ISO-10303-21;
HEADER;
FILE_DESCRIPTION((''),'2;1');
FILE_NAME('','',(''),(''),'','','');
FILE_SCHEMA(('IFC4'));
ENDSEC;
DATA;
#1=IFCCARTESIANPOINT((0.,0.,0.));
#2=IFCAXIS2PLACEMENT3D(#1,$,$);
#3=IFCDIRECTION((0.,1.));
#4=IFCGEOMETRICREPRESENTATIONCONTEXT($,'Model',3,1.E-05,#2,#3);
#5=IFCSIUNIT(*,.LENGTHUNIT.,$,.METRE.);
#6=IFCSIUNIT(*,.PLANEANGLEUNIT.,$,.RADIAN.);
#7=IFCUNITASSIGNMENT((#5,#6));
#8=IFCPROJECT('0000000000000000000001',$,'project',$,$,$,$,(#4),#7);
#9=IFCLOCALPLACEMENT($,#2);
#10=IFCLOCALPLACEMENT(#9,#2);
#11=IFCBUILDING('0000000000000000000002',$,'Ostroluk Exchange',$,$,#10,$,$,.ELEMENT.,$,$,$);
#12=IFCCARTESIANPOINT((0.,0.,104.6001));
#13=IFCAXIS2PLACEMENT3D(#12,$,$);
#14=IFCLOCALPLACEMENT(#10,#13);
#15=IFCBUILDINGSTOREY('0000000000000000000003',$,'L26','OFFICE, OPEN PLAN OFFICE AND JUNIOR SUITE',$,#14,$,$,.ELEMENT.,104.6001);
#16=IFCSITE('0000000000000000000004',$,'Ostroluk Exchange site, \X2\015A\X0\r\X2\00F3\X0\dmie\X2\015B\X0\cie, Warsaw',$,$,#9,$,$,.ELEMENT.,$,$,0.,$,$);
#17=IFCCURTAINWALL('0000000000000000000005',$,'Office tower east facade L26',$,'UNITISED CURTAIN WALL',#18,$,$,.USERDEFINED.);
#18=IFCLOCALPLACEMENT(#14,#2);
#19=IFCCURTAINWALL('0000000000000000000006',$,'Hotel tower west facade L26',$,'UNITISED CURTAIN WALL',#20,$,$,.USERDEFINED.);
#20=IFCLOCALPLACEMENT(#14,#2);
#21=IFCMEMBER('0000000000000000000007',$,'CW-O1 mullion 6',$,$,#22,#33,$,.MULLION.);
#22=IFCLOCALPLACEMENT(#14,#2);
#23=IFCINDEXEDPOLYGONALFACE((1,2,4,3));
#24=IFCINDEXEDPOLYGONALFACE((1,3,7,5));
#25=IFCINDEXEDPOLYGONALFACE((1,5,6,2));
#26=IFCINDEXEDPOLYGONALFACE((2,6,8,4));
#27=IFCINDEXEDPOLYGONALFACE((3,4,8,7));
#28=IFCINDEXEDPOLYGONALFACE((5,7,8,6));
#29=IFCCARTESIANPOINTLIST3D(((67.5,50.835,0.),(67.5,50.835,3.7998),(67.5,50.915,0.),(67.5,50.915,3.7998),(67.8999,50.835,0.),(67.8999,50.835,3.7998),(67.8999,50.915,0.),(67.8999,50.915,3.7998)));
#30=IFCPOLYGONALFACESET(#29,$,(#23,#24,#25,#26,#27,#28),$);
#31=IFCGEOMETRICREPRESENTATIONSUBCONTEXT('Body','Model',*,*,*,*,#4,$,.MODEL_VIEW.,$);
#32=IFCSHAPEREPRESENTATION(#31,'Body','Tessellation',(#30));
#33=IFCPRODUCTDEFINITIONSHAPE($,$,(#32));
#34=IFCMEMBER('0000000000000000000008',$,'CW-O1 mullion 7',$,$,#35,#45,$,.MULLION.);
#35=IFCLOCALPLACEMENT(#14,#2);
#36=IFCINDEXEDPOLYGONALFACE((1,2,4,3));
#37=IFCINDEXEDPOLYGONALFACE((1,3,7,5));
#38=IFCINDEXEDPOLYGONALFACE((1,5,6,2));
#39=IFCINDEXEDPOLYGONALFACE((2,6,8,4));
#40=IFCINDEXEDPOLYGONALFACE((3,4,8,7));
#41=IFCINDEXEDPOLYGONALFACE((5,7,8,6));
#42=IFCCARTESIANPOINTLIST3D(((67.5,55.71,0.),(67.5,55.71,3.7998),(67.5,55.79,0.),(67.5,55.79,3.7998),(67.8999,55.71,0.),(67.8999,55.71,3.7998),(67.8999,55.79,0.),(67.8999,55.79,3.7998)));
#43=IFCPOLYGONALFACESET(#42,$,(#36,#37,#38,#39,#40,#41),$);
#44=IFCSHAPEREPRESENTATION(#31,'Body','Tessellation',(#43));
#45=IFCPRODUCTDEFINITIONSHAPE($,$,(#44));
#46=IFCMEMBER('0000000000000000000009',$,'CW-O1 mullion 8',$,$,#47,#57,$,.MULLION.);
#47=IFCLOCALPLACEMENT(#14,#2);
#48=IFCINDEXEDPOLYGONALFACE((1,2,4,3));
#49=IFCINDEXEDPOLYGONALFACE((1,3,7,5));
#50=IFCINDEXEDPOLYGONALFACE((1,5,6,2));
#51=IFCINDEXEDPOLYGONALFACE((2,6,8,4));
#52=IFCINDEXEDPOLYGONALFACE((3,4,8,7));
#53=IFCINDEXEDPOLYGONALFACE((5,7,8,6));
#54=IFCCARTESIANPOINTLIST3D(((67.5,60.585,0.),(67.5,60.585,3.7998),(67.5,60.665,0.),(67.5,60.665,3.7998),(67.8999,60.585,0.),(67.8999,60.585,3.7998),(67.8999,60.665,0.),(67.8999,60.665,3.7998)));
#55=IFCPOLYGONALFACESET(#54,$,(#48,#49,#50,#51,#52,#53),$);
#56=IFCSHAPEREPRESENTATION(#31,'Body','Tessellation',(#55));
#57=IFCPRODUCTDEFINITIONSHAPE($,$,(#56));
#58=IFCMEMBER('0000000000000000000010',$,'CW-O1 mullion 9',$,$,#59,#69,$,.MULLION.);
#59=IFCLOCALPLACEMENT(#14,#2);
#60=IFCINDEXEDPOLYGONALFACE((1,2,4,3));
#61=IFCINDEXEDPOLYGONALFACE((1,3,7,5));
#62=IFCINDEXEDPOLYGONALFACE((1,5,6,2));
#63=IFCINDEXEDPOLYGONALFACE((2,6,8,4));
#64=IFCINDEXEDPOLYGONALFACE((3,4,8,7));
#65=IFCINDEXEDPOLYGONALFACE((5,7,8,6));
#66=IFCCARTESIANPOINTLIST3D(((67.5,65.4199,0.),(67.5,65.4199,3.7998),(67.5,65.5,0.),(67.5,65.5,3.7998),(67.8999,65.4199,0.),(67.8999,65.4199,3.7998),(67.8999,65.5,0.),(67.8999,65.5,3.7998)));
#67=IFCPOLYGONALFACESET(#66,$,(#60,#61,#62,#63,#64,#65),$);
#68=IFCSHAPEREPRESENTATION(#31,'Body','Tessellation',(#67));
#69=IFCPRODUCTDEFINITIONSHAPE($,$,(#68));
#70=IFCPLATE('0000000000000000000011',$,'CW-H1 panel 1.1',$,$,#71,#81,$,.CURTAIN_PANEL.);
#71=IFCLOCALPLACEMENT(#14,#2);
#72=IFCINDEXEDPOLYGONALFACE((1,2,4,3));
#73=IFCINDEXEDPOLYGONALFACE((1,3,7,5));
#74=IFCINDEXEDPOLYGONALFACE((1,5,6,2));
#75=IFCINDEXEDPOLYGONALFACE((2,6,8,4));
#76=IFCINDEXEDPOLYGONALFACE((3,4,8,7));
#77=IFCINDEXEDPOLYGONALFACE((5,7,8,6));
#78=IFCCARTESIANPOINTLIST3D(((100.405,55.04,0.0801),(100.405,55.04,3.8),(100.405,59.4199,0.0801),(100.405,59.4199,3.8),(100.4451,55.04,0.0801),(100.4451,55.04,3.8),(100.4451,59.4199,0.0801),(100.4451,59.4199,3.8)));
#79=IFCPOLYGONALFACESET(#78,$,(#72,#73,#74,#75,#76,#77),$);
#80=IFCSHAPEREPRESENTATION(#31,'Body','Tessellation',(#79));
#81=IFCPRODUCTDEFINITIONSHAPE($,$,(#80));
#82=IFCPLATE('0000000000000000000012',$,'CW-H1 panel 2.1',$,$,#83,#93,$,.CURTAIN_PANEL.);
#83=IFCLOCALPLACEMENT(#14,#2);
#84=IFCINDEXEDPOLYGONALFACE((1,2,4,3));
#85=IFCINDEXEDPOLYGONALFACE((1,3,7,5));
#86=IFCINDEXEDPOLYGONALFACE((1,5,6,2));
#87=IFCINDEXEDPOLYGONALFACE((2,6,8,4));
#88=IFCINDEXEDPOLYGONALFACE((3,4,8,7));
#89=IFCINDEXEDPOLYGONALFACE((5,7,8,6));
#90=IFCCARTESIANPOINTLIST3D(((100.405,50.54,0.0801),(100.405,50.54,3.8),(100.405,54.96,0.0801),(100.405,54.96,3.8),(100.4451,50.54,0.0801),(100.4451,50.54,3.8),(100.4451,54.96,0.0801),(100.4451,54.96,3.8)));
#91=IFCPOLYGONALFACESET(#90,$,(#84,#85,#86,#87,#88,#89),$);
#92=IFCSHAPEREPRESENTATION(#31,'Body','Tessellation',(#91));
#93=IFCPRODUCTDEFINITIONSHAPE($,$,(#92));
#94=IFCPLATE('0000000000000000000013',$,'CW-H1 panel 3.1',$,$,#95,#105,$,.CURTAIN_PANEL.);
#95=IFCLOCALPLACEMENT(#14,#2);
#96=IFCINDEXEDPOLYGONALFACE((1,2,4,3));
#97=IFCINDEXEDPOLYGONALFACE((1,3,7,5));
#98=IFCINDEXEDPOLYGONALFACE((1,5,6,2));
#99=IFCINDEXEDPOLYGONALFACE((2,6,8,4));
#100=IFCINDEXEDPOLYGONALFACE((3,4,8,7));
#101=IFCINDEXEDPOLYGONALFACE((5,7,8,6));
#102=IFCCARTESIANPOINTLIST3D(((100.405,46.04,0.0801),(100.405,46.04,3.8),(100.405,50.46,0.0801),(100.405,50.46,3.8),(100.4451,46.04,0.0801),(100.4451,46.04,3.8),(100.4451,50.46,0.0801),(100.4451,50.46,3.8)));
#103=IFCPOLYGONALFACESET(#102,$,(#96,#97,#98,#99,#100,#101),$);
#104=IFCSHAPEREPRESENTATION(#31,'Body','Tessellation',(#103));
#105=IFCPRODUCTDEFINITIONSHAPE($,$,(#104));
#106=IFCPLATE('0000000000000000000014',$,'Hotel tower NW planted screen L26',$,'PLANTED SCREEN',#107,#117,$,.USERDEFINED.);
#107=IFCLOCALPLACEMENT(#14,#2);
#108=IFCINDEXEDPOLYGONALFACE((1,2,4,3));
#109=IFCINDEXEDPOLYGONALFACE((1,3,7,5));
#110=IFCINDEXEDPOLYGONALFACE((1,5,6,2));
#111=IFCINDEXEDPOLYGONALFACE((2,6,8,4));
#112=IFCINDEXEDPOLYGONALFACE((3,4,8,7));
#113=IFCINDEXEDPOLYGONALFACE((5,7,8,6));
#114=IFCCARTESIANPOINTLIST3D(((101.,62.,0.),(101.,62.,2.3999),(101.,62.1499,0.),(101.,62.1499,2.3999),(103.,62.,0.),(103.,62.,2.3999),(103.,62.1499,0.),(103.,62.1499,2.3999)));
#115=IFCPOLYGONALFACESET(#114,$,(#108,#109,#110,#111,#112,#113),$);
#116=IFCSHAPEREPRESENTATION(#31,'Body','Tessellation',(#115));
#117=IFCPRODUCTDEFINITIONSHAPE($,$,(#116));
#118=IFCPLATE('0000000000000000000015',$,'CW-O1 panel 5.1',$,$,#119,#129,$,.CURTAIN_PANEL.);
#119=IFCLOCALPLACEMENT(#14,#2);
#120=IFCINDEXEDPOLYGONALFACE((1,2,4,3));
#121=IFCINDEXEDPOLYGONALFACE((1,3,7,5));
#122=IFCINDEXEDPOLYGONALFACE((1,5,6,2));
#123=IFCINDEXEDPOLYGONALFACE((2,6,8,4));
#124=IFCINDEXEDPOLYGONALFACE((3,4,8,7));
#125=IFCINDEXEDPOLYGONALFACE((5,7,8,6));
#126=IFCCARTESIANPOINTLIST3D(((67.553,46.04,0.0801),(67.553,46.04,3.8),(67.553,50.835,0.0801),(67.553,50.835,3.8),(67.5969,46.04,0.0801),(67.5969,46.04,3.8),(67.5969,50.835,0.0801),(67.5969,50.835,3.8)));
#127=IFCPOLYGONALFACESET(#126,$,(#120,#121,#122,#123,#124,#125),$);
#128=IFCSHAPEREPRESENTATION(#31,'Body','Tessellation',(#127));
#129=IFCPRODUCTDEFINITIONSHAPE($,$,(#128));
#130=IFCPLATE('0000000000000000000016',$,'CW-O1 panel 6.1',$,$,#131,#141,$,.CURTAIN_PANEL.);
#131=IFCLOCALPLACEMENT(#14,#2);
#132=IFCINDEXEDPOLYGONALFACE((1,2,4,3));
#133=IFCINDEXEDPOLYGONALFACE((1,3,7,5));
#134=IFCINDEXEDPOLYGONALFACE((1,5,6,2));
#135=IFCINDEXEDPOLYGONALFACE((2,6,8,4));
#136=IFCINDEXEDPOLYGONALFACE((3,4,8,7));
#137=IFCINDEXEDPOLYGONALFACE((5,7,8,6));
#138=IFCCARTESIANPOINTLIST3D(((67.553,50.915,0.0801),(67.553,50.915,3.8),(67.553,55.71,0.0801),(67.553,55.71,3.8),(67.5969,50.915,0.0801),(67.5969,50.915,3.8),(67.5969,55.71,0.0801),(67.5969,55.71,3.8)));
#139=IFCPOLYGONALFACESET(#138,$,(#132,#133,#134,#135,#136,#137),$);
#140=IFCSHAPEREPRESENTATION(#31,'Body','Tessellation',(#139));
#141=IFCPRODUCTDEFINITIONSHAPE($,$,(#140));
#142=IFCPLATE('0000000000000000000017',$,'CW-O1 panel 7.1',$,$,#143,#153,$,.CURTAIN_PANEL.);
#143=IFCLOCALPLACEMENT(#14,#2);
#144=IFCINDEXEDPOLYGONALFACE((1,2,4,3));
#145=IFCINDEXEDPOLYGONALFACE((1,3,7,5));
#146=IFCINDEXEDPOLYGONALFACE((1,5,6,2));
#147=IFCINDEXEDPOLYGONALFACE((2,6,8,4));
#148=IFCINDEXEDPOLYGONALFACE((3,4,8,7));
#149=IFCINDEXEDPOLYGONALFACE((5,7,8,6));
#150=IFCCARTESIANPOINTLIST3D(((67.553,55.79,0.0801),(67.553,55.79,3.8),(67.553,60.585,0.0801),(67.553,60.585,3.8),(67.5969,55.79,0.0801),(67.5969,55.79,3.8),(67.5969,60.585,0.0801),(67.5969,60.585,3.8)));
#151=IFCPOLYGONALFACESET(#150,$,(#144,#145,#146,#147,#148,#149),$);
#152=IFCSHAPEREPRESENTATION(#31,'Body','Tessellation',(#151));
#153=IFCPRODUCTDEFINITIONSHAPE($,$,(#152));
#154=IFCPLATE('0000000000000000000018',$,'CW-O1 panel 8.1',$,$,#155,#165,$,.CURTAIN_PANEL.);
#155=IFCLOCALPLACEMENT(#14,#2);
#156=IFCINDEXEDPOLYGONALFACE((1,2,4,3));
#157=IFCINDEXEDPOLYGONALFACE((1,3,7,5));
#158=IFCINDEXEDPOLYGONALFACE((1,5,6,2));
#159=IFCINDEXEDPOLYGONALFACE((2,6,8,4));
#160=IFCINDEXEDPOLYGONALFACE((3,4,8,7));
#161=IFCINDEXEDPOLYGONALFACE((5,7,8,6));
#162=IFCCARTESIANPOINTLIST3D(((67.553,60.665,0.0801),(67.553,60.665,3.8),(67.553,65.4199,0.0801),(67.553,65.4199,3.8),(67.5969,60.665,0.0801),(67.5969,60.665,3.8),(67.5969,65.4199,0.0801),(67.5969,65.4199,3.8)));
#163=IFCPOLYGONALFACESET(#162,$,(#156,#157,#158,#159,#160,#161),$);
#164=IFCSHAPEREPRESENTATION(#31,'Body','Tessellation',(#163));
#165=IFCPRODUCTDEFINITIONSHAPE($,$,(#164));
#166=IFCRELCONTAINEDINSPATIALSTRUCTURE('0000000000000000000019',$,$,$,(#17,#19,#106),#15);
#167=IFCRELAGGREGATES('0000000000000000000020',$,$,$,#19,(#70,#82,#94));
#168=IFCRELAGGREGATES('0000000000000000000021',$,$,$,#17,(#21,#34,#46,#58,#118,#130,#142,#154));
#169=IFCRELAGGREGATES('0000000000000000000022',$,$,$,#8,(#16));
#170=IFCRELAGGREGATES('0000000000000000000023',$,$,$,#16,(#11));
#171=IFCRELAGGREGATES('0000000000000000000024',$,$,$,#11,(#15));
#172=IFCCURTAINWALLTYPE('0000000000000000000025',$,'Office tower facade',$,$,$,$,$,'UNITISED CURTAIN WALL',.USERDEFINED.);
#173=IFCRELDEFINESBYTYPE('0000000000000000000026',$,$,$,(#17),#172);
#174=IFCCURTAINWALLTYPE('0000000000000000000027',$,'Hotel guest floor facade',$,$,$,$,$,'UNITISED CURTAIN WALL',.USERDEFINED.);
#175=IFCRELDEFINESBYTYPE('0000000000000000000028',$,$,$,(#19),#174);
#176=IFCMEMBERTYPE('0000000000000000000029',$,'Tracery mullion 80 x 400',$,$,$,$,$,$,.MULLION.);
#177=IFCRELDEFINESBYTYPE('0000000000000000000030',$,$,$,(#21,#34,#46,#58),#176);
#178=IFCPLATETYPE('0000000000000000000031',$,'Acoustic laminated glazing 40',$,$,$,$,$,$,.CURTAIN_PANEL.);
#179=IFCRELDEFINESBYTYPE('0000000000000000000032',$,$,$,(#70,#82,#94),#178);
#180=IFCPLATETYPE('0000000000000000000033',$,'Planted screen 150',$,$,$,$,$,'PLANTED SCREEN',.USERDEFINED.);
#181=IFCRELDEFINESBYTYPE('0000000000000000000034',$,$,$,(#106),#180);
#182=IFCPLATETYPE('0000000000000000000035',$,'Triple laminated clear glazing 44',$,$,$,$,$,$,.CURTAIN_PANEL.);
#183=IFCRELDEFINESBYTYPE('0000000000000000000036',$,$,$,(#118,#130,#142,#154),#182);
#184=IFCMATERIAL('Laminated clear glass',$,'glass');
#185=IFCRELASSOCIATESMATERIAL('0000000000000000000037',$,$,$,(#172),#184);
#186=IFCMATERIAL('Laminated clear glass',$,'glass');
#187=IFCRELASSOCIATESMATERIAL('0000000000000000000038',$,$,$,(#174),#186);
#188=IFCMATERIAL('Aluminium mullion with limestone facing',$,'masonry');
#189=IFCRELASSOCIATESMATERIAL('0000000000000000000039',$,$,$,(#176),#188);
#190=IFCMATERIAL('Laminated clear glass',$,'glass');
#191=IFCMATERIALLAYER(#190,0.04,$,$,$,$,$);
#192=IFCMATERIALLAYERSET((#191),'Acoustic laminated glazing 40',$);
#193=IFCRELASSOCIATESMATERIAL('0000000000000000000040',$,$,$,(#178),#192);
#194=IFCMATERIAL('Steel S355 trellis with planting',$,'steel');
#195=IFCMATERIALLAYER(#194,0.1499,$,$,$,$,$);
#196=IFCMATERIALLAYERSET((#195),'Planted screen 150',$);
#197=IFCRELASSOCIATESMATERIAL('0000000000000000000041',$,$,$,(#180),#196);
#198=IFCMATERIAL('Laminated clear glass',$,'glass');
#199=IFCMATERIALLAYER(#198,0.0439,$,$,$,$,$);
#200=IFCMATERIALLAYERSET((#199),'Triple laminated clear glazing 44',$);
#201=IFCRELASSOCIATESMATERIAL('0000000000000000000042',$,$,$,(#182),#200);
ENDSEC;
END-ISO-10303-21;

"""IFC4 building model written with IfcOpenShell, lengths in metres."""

from ifc_helpers import new_model, si_unit, direction, frame, origin, origin_2d, place, context, subcontext, project, spatial, rectangle, extrude, material, layer, layer_set, material_profile, profile_set, type_object, element, aggregate, save


model = new_model("IFC4")

# Units and contexts
model_context = context("Model", 3, precision=1e-05, world=origin(), true_north=direction((0.0, 1.0)))
body_context = subcontext(model_context, "Body", "Model", "MODEL_VIEW")
ifc_project = project(units=[si_unit("LENGTHUNIT", "METRE"), si_unit("PLANEANGLEUNIT", "RADIAN")], contexts=[model_context])

# Site, building, storey
site_placement = place(None, origin())
site = spatial("IfcSite", under=ifc_project, at=site_placement, Name="Ostroluk Exchange site, Śródmieście, Warsaw", CompositionType="ELEMENT", RefElevation=0.0)
building_placement = place(site_placement, origin())
building = spatial("IfcBuilding", under=site, at=building_placement, Name="Ostroluk Exchange", CompositionType="ELEMENT")
storey_placement = place(building_placement, frame((0.0, 0.0, 104.6001)))
storey = spatial("IfcBuildingStorey", under=building, at=storey_placement, Name="L26", Description="OFFICE, OPEN PLAN OFFICE AND JUNIOR SUITE", CompositionType="ELEMENT", Elevation=104.6001)

# Curtain walls
ifc_material_1 = material(Name="Laminated clear glass", Category="glass")
curtain_wall_type_1 = type_object("IfcCurtainWallType", Name="Office tower facade", ElementType="UNITISED CURTAIN WALL", PredefinedType="USERDEFINED", material=ifc_material_1)
curtain_wall_1_placement = place(storey_placement, origin())
curtain_wall_1 = element("IfcCurtainWall", 1, at=curtain_wall_1_placement, inside=storey, type_object=curtain_wall_type_1, Name="Office tower east facade L26", ObjectType="UNITISED CURTAIN WALL", PredefinedType="USERDEFINED")
ifc_material_2 = material(Name="Laminated clear glass", Category="glass")
curtain_wall_type_2 = type_object("IfcCurtainWallType", Name="Hotel guest floor facade", ElementType="UNITISED CURTAIN WALL", PredefinedType="USERDEFINED", material=ifc_material_2)
curtain_wall_2_placement = place(storey_placement, origin())
curtain_wall_2 = element("IfcCurtainWall", 2, at=curtain_wall_2_placement, inside=storey, type_object=curtain_wall_type_2, Name="Hotel tower west facade L26", ObjectType="UNITISED CURTAIN WALL", PredefinedType="USERDEFINED")

# Members
ifc_material_3 = material(Name="Aluminium mullion with limestone facing", Category="masonry")
ifc_material_profile_1 = material_profile(ifc_material_3, rectangle(XDim=0.3999, YDim=0.0801, at=origin_2d()), Name="Tracery mullion 80 x 400")
ifc_profile_set_1 = profile_set([ifc_material_profile_1], Name="Aluminium mullion with limestone facing")
member_type_1 = type_object("IfcMemberType", Name="Tracery mullion 80 x 400", PredefinedType="MULLION", material=ifc_profile_set_1)
member_1_placement = place(storey_placement, frame((67.7, 50.875, 0.0), z_axis=(0.0, 0.0, 1.0), x_axis=(-1.0, 0.0, 0.0)))
member_1 = element("IfcMember", 3, at=member_1_placement, type_object=member_type_1, Name="CW-O1 mullion 6", PredefinedType="MULLION", context=body_context, shape_type="SweptSolid", body=[
    extrude(rectangle(XDim=0.3999, YDim=0.0801, at=origin_2d()), origin(), (0.0, 0.0, 1.0), 3.7998),
])
member_2_placement = place(storey_placement, frame((67.7, 55.75, 0.0), z_axis=(0.0, 0.0, 1.0), x_axis=(-1.0, 0.0, 0.0)))
member_2 = element("IfcMember", 4, at=member_2_placement, type_object=member_type_1, Name="CW-O1 mullion 7", PredefinedType="MULLION", context=body_context, shape_type="SweptSolid", body=[
    extrude(rectangle(XDim=0.3999, YDim=0.0801, at=origin_2d()), origin(), (0.0, 0.0, 1.0), 3.7998),
])
member_3_placement = place(storey_placement, frame((67.7, 60.625, 0.0), z_axis=(0.0, 0.0, 1.0), x_axis=(-1.0, 0.0, 0.0)))
member_3 = element("IfcMember", 5, at=member_3_placement, type_object=member_type_1, Name="CW-O1 mullion 8", PredefinedType="MULLION", context=body_context, shape_type="SweptSolid", body=[
    extrude(rectangle(XDim=0.3999, YDim=0.0801, at=origin_2d()), origin(), (0.0, 0.0, 1.0), 3.7998),
])
member_4_placement = place(storey_placement, frame((67.7, 65.46, 0.0), z_axis=(0.0, 0.0, 1.0), x_axis=(-1.0, 0.0, 0.0)))
member_4 = element("IfcMember", 6, at=member_4_placement, type_object=member_type_1, Name="CW-O1 mullion 9", PredefinedType="MULLION", context=body_context, shape_type="SweptSolid", body=[
    extrude(rectangle(XDim=0.3999, YDim=0.0801, at=origin_2d()), origin(), (0.0, 0.0, 1.0), 3.7998),
])

# Plates
ifc_material_4 = material(Name="Laminated clear glass", Category="glass")
ifc_layer_1 = layer(ifc_material_4, 0.04)
ifc_layer_set_1 = layer_set([ifc_layer_1], Name="Acoustic laminated glazing 40")
plate_type_1 = type_object("IfcPlateType", Name="Acoustic laminated glazing 40", PredefinedType="CURTAIN_PANEL", material=ifc_layer_set_1)
plate_1_placement = place(storey_placement, frame((100.425, 57.23, 0.0801), z_axis=(0.0, 0.0, 1.0), x_axis=(0.0, -1.0, 0.0)))
plate_1 = element("IfcPlate", 7, at=plate_1_placement, type_object=plate_type_1, Name="CW-H1 panel 1.1", PredefinedType="CURTAIN_PANEL", context=body_context, shape_type="SweptSolid", body=[
    extrude(rectangle(XDim=4.3799, YDim=0.04, at=origin_2d()), origin(), (0.0, 0.0, 1.0), 3.72),
])
plate_2_placement = place(storey_placement, frame((100.425, 52.75, 0.0801), z_axis=(0.0, 0.0, 1.0), x_axis=(0.0, -1.0, 0.0)))
plate_2 = element("IfcPlate", 8, at=plate_2_placement, type_object=plate_type_1, Name="CW-H1 panel 2.1", PredefinedType="CURTAIN_PANEL", context=body_context, shape_type="SweptSolid", body=[
    extrude(rectangle(XDim=4.4199, YDim=0.04, at=origin_2d()), origin(), (0.0, 0.0, 1.0), 3.72),
])
plate_3_placement = place(storey_placement, frame((100.425, 48.25, 0.0801), z_axis=(0.0, 0.0, 1.0), x_axis=(0.0, -1.0, 0.0)))
plate_3 = element("IfcPlate", 9, at=plate_3_placement, type_object=plate_type_1, Name="CW-H1 panel 3.1", PredefinedType="CURTAIN_PANEL", context=body_context, shape_type="SweptSolid", body=[
    extrude(rectangle(XDim=4.4199, YDim=0.04, at=origin_2d()), origin(), (0.0, 0.0, 1.0), 3.72),
])
aggregate(curtain_wall_2, [plate_1, plate_2, plate_3])
ifc_material_5 = material(Name="Steel S355 trellis with planting", Category="steel")
ifc_layer_2 = layer(ifc_material_5, 0.1499)
ifc_layer_set_2 = layer_set([ifc_layer_2], Name="Planted screen 150")
plate_type_2 = type_object("IfcPlateType", Name="Planted screen 150", ElementType="PLANTED SCREEN", PredefinedType="USERDEFINED", material=ifc_layer_set_2)
plate_4_placement = place(storey_placement, frame((102.0, 62.075, 0.0), z_axis=(0.0, 0.0, 1.0), x_axis=(1.0, 0.0, 0.0)))
element("IfcPlate", 10, at=plate_4_placement, inside=storey, type_object=plate_type_2, Name="Hotel tower NW planted screen L26", ObjectType="PLANTED SCREEN", PredefinedType="USERDEFINED", context=body_context, shape_type="SweptSolid", body=[
    extrude(rectangle(XDim=2.0, YDim=0.1499, at=origin_2d()), origin(), (0.0, 0.0, 1.0), 2.3999),
])
ifc_material_6 = material(Name="Laminated clear glass", Category="glass")
ifc_layer_3 = layer(ifc_material_6, 0.0439)
ifc_layer_set_3 = layer_set([ifc_layer_3], Name="Triple laminated clear glazing 44")
plate_type_3 = type_object("IfcPlateType", Name="Triple laminated clear glazing 44", PredefinedType="CURTAIN_PANEL", material=ifc_layer_set_3)
plate_5_placement = place(storey_placement, frame((67.575, 48.4375, 0.0801), z_axis=(0.0, 0.0, 1.0), x_axis=(0.0, 1.0, 0.0)))
plate_5 = element("IfcPlate", 11, at=plate_5_placement, type_object=plate_type_3, Name="CW-O1 panel 5.1", PredefinedType="CURTAIN_PANEL", context=body_context, shape_type="SweptSolid", body=[
    extrude(rectangle(XDim=4.7949, YDim=0.0439, at=origin_2d()), origin(), (0.0, 0.0, 1.0), 3.72),
])
plate_6_placement = place(storey_placement, frame((67.575, 53.3125, 0.0801), z_axis=(0.0, 0.0, 1.0), x_axis=(0.0, 1.0, 0.0)))
plate_6 = element("IfcPlate", 12, at=plate_6_placement, type_object=plate_type_3, Name="CW-O1 panel 6.1", PredefinedType="CURTAIN_PANEL", context=body_context, shape_type="SweptSolid", body=[
    extrude(rectangle(XDim=4.7949, YDim=0.0439, at=origin_2d()), origin(), (0.0, 0.0, 1.0), 3.72),
])
plate_7_placement = place(storey_placement, frame((67.575, 58.1875, 0.0801), z_axis=(0.0, 0.0, 1.0), x_axis=(0.0, 1.0, 0.0)))
plate_7 = element("IfcPlate", 13, at=plate_7_placement, type_object=plate_type_3, Name="CW-O1 panel 7.1", PredefinedType="CURTAIN_PANEL", context=body_context, shape_type="SweptSolid", body=[
    extrude(rectangle(XDim=4.7949, YDim=0.0439, at=origin_2d()), origin(), (0.0, 0.0, 1.0), 3.72),
])
plate_8_placement = place(storey_placement, frame((67.575, 63.0425, 0.0801), z_axis=(0.0, 0.0, 1.0), x_axis=(0.0, 1.0, 0.0)))
plate_8 = element("IfcPlate", 14, at=plate_8_placement, type_object=plate_type_3, Name="CW-O1 panel 8.1", PredefinedType="CURTAIN_PANEL", context=body_context, shape_type="SweptSolid", body=[
    extrude(rectangle(XDim=4.7549, YDim=0.0439, at=origin_2d()), origin(), (0.0, 0.0, 1.0), 3.72),
])
aggregate(curtain_wall_1, [member_1, member_2, member_3, member_4, plate_5, plate_6, plate_7, plate_8])

save(model, "model.ifc")
